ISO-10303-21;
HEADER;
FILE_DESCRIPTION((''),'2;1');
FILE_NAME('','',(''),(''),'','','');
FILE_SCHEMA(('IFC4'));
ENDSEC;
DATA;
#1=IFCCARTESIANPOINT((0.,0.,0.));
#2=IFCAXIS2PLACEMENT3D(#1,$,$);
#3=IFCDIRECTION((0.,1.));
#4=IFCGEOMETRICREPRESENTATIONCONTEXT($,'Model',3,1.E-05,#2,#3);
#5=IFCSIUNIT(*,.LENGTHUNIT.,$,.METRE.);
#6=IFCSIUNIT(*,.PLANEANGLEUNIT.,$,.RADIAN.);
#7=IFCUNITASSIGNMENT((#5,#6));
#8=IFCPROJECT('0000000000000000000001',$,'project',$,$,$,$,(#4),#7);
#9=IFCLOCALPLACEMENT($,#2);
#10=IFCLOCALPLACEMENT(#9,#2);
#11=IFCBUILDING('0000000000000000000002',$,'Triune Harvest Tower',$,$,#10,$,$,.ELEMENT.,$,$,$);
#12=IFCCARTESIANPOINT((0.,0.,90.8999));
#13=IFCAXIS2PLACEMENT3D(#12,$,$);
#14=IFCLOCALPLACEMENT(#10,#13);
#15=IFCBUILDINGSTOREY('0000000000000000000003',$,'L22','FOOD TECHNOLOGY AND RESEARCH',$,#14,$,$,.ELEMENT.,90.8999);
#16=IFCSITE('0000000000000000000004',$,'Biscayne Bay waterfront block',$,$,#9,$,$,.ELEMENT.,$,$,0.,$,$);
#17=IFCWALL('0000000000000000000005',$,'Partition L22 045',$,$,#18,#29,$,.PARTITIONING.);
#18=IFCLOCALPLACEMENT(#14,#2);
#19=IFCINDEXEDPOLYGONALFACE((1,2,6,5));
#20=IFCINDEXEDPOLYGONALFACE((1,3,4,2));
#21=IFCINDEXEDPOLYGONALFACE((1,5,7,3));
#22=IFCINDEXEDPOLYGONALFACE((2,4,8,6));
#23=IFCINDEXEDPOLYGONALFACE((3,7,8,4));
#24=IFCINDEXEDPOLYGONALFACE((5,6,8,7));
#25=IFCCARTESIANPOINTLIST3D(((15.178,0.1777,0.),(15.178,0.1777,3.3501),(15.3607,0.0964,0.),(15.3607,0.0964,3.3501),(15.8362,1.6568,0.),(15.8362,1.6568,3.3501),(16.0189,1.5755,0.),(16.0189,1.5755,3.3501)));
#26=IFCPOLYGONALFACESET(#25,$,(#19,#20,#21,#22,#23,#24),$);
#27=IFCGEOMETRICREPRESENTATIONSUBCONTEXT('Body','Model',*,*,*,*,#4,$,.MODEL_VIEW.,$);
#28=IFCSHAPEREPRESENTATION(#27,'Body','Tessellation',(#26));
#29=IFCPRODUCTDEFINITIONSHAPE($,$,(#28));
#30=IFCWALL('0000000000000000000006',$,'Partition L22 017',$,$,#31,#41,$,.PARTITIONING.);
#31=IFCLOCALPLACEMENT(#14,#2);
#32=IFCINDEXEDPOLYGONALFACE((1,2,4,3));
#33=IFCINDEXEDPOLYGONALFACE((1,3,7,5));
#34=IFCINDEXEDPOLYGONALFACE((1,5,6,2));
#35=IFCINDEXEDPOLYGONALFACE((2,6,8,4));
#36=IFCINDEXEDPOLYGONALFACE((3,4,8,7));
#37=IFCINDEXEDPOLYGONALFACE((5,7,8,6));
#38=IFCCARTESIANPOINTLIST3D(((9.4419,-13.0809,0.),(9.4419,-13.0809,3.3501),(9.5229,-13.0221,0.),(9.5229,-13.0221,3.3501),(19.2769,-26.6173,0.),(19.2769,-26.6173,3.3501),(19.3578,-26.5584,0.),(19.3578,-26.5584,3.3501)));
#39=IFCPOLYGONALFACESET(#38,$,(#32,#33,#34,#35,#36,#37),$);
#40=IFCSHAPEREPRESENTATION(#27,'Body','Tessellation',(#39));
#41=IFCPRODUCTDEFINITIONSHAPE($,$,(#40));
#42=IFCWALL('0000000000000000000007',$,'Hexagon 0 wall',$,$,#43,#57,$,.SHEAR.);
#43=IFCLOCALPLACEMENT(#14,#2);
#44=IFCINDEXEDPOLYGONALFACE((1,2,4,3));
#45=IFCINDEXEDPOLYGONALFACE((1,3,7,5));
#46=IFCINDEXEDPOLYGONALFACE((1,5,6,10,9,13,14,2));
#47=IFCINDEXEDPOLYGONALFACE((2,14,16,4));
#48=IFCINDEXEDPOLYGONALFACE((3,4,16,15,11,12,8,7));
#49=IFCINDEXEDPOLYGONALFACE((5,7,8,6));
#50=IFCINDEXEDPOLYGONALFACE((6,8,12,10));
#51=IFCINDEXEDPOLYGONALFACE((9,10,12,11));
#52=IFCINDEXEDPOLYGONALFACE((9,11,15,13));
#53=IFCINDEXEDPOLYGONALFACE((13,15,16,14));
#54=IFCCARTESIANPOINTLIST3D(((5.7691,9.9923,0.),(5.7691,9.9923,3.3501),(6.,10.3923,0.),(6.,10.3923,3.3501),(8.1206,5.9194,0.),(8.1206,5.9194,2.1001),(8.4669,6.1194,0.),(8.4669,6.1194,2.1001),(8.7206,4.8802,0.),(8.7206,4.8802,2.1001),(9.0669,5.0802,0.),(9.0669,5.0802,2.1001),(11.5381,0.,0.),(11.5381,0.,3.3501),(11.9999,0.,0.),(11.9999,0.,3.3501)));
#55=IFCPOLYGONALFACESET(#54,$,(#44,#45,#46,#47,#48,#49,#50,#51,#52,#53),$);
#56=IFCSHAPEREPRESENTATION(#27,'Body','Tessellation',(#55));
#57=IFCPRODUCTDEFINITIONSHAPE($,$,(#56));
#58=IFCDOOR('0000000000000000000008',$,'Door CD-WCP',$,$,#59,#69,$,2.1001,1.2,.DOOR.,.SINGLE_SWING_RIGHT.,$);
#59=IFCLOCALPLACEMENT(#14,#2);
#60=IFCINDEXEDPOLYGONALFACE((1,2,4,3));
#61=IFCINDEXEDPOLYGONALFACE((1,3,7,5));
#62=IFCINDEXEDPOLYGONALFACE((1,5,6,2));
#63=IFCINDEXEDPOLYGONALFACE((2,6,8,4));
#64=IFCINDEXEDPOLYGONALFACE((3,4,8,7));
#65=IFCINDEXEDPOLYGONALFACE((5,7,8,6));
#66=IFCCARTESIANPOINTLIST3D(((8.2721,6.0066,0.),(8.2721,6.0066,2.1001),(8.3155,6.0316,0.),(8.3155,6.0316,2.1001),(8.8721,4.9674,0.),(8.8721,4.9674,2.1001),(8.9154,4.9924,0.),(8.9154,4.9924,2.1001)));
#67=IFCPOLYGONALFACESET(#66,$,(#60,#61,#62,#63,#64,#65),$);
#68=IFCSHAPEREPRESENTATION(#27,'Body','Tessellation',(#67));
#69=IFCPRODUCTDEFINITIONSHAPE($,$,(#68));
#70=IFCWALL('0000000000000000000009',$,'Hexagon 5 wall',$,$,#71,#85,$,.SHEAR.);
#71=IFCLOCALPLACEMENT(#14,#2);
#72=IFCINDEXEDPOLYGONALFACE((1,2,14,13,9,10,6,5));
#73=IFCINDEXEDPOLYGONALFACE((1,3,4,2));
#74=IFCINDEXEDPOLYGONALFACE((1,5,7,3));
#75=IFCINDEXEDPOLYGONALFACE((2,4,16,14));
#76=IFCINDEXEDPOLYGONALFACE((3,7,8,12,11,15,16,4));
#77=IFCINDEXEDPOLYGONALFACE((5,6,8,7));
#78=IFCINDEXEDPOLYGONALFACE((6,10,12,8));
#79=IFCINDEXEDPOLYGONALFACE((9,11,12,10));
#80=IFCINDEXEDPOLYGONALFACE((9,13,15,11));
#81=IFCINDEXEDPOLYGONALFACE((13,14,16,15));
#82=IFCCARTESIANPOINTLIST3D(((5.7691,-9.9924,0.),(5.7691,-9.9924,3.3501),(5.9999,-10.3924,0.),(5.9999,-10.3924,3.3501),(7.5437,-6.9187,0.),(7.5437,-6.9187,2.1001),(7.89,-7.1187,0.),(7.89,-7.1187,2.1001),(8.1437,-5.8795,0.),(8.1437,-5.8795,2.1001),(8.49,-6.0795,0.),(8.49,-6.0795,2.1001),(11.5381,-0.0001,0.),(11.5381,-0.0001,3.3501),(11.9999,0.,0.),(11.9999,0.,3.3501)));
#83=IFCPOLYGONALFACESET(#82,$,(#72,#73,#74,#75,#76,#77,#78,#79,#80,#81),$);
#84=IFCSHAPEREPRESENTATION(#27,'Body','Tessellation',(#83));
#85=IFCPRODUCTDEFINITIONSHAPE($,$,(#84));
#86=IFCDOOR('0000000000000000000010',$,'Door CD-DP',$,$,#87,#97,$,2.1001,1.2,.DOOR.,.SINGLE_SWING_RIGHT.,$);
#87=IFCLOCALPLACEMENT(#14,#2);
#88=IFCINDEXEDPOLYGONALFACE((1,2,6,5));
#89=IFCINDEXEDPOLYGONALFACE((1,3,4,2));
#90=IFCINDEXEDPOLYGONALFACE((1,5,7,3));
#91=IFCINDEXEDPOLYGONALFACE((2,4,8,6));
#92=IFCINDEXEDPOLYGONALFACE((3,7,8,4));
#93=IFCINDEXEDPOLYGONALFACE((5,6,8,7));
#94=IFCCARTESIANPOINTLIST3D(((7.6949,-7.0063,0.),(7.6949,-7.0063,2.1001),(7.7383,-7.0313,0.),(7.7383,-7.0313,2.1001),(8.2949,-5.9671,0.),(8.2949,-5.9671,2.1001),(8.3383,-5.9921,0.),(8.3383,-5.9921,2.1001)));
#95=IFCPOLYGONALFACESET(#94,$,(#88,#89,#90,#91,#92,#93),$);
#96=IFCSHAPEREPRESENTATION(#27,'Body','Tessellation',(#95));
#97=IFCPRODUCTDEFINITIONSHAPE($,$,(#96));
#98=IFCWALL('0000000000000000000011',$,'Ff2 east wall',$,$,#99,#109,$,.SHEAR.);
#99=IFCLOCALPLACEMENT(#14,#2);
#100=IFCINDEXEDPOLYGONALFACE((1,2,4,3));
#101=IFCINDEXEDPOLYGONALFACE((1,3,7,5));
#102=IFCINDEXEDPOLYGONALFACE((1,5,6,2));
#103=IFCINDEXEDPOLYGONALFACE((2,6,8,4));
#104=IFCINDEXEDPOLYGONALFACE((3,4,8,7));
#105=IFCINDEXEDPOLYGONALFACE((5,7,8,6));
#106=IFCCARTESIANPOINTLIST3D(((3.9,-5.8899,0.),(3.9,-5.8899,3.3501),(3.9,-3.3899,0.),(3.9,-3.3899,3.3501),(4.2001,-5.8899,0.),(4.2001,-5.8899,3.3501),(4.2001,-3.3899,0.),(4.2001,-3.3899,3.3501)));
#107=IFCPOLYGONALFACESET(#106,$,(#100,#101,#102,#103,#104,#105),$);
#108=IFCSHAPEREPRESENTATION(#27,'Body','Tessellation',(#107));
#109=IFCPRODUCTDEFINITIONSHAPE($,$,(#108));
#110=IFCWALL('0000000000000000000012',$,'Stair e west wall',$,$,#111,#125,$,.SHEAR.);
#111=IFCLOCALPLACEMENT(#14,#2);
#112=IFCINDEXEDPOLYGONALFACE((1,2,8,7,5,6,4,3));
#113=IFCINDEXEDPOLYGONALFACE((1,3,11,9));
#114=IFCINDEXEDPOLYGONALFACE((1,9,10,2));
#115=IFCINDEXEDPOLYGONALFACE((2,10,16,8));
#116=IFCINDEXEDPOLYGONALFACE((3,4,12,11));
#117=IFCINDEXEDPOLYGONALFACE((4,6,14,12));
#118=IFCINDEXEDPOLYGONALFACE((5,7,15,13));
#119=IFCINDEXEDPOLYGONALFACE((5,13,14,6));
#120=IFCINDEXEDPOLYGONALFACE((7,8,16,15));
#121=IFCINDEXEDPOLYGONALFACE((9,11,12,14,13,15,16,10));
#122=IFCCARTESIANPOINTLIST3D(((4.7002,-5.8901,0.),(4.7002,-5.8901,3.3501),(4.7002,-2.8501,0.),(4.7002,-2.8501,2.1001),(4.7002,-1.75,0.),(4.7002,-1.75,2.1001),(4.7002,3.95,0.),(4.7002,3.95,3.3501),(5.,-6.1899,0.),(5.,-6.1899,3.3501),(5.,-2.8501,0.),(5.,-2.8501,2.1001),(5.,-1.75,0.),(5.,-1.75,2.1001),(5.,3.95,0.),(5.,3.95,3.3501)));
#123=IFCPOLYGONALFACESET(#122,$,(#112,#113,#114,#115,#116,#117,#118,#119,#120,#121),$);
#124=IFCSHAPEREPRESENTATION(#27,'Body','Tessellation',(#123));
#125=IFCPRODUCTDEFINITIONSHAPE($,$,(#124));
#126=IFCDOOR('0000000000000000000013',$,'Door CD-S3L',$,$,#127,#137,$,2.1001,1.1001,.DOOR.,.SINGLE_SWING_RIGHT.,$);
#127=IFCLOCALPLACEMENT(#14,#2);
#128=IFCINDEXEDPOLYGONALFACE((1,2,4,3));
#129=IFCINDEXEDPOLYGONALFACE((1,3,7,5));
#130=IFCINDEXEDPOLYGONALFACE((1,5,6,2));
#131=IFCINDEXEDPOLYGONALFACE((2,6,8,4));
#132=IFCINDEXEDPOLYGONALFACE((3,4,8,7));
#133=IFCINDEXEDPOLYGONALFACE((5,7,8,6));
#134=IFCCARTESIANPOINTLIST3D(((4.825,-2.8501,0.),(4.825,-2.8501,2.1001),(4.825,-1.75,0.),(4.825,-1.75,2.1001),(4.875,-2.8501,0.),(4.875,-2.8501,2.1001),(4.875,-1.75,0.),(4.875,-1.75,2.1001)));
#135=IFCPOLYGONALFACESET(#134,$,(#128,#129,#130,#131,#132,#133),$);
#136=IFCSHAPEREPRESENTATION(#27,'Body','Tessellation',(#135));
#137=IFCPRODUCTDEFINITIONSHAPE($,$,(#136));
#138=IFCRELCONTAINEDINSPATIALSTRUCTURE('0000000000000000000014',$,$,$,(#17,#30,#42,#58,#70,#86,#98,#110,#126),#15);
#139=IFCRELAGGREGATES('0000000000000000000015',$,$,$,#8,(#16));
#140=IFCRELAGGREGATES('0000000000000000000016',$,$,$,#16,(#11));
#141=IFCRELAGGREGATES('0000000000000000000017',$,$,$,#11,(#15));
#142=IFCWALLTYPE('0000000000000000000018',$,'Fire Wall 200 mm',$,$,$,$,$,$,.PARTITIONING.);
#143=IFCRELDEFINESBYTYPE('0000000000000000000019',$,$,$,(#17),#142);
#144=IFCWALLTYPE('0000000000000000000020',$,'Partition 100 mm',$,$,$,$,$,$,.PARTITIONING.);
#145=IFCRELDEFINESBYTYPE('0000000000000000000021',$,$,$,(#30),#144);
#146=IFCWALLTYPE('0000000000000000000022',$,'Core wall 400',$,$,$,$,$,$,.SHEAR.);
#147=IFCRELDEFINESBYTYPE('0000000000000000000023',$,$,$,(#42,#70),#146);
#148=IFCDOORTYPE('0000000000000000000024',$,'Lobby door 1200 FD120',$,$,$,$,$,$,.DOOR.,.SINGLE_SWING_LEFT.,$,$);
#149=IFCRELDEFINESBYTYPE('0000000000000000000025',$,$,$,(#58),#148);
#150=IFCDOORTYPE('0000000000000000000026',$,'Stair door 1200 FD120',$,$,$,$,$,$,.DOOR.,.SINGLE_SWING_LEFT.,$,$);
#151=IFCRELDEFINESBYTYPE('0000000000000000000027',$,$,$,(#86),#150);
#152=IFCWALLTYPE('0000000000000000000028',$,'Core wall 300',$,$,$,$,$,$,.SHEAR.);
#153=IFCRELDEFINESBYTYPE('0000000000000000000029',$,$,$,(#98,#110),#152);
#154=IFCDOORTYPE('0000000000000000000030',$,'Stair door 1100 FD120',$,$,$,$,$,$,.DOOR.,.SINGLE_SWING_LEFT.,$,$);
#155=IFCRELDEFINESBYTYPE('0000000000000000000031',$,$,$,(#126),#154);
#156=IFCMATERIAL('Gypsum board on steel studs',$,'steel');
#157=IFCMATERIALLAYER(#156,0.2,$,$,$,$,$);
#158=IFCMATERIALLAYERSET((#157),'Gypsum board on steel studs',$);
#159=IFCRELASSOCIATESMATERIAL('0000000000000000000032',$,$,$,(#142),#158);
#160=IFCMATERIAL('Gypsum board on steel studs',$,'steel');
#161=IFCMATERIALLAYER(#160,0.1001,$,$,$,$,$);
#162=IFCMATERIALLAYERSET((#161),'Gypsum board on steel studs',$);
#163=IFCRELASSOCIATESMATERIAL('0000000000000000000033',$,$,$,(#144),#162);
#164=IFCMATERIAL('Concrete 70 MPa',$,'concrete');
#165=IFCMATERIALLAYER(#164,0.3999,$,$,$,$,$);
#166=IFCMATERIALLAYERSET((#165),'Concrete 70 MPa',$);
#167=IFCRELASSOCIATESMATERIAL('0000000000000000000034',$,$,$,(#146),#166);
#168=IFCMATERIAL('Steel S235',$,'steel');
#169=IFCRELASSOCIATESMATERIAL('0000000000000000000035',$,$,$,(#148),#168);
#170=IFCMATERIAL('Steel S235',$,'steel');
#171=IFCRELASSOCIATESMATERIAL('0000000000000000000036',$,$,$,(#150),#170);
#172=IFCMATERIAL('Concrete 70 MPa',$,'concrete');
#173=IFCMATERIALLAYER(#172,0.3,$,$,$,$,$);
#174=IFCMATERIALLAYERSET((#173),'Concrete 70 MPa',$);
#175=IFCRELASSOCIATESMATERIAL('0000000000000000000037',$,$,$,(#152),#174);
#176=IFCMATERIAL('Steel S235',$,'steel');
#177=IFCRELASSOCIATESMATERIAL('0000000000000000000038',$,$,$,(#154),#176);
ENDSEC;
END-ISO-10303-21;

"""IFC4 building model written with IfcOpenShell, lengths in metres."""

from ifc_helpers import new_model, si_unit, direction, frame, frame_2d, origin, place, context, subcontext, project, spatial, polyline, rectangle, outline, extrude, source, transform, mapped, material, layer, layer_set, type_object, element, fill, save


model = new_model("IFC4")

# Units and contexts
model_context = context("Model", 3, precision=1e-05, world=origin(), true_north=direction((0.0, 1.0)))
body_context = subcontext(model_context, "Body", "Model", "MODEL_VIEW")
ifc_project = project(units=[si_unit("LENGTHUNIT", "METRE"), si_unit("PLANEANGLEUNIT", "RADIAN")], contexts=[model_context])

# Site, building, storey
site_placement = place(None, origin())
site = spatial("IfcSite", under=ifc_project, at=site_placement, Name="Biscayne Bay waterfront block", CompositionType="ELEMENT", RefElevation=0.0)
building_placement = place(site_placement, origin())
building = spatial("IfcBuilding", under=site, at=building_placement, Name="Triune Harvest Tower", CompositionType="ELEMENT")
storey_placement = place(building_placement, frame((0.0, 0.0, 90.8999)))
storey = spatial("IfcBuildingStorey", under=building, at=storey_placement, Name="L22", Description="FOOD TECHNOLOGY AND RESEARCH", CompositionType="ELEMENT", Elevation=90.8999)

# Walls
ifc_material_1 = material(Name="Gypsum board on steel studs", Category="steel")
ifc_layer_1 = layer(ifc_material_1, 0.2)
ifc_layer_set_1 = layer_set([ifc_layer_1], Name="Gypsum board on steel studs")
wall_type_1 = type_object("IfcWallType", Name="Fire Wall 200 mm", PredefinedType="PARTITIONING", material=ifc_layer_set_1)
wall_1_placement = place(storey_placement, frame((15.2693, 0.137, 0.0), z_axis=(0.0, 0.0, 1.0), x_axis=(0.406586, 0.913612, 0.0)))
element("IfcWall", 1, at=wall_1_placement, inside=storey, type_object=wall_type_1, Name="Partition L22 045", PredefinedType="PARTITIONING", context=body_context, shape_type="SweptSolid", body=[
    extrude(rectangle(XDim=1.6189, YDim=0.2, at=frame_2d((0.8096, 0.0))), origin(), (0.0, 0.0, 1.0), 3.3501),
])
ifc_material_2 = material(Name="Gypsum board on steel studs", Category="steel")
ifc_layer_2 = layer(ifc_material_2, 0.1001)
ifc_layer_set_2 = layer_set([ifc_layer_2], Name="Gypsum board on steel studs")
wall_type_2 = type_object("IfcWallType", Name="Partition 100 mm", PredefinedType="PARTITIONING", material=ifc_layer_set_2)
wall_2_placement = place(storey_placement, frame((9.4824, -13.0515, 0.0), z_axis=(0.0, 0.0, 1.0), x_axis=(0.587793, -0.809011, 0.0)))
element("IfcWall", 2, at=wall_2_placement, inside=storey, type_object=wall_type_2, Name="Partition L22 017", PredefinedType="PARTITIONING", context=body_context, shape_type="SweptSolid", body=[
    extrude(rectangle(XDim=16.7319, YDim=0.1001, at=frame_2d((8.366, 0.0))), origin(), (0.0, 0.0, 1.0), 3.3501),
])

# Walls, openings, doors
ifc_material_3 = material(Name="Concrete 70 MPa", Category="concrete")
ifc_layer_3 = layer(ifc_material_3, 0.3999)
ifc_layer_set_3 = layer_set([ifc_layer_3], Name="Concrete 70 MPa")
wall_type_3 = type_object("IfcWallType", Name="Core wall 400", PredefinedType="SHEAR", material=ifc_layer_set_3)
shared_shape_1 = source(origin(), body_context, "Body", "SweptSolid", [
    extrude(outline(polyline([(-0.1155, -0.2), (11.8845, -0.2), (11.6536, 0.2), (0.1155, 0.2), (-0.1155, -0.2)])), origin(), (0.0, 0.0, 1.0), 3.3501),
])
wall_3_placement = place(storey_placement, frame((11.769, 0.0, 0.0), z_axis=(0.0, 0.0, 1.0), x_axis=(-0.499997, 0.866027, 0.0)))
wall_3 = element("IfcWall", 3, at=wall_3_placement, inside=storey, type_object=wall_type_3, Name="Hexagon 0 wall", PredefinedType="SHEAR", context=body_context, shape_type="MappedRepresentation", body=[
    mapped(shared_shape_1, transform((0.0, 0.0, 0.0), scale=1.0)),
])
opening_1_placement = place(wall_3_placement, frame((5.7505, 0.0, 0.0)))
opening_1 = element("IfcOpeningElement", 4, at=opening_1_placement, cuts=wall_3, PredefinedType="OPENING", context=body_context, shape_type="SweptSolid", body=[
    extrude(rectangle(XDim=1.2, YDim=2.1001, at=frame_2d((0.6001, 1.05))), frame((0.0, 0.21, 0.0), z_axis=(0.0, -1.0, 0.0), x_axis=(1.0, 0.0, 0.0)), (0.0, 0.0, 1.0), 0.4199),
])
ifc_material_4 = material(Name="Steel S235", Category="steel")
door_type_1 = type_object("IfcDoorType", Name="Lobby door 1200 FD120", OperationType="SINGLE_SWING_LEFT", PredefinedType="DOOR", material=ifc_material_4)
door_1_placement = place(opening_1_placement, frame((1.2, 0.0, 0.0), z_axis=(0.0, 0.0, 1.0), x_axis=(-1.0, 0.0, 0.0)))
door_1 = element("IfcDoor", 5, at=door_1_placement, inside=storey, type_object=door_type_1, Name="Door CD-WCP", OperationType="SINGLE_SWING_RIGHT", OverallHeight=2.1001, OverallWidth=1.2, PredefinedType="DOOR", context=body_context, shape_type="SweptSolid", body=[
    extrude(rectangle(XDim=1.2, YDim=2.1001, at=frame_2d((0.6001, 1.05))), frame((0.0, 0.0249, 0.0), z_axis=(0.0, -1.0, 0.0), x_axis=(1.0, 0.0, 0.0)), (0.0, 0.0, 1.0), 0.05),
])
fill(opening_1, door_1)
wall_4_placement = place(storey_placement, frame((5.8845, -10.1924, 0.0), z_axis=(0.0, 0.0, 1.0), x_axis=(0.499997, 0.866027, 0.0)))
wall_4 = element("IfcWall", 6, at=wall_4_placement, inside=storey, type_object=wall_type_3, Name="Hexagon 5 wall", PredefinedType="SHEAR", context=body_context, shape_type="MappedRepresentation", body=[
    mapped(shared_shape_1, transform((0.0, 0.0, 0.0), scale=1.0)),
])
opening_2_placement = place(wall_4_placement, frame((3.6646, 0.0, 0.0)))
opening_2 = element("IfcOpeningElement", 7, at=opening_2_placement, cuts=wall_4, PredefinedType="OPENING", context=body_context, shape_type="SweptSolid", body=[
    extrude(rectangle(XDim=1.2, YDim=2.1001, at=frame_2d((0.6001, 1.05))), frame((0.0, 0.21, 0.0), z_axis=(0.0, -1.0, 0.0), x_axis=(1.0, 0.0, 0.0)), (0.0, 0.0, 1.0), 0.4199),
])
ifc_material_5 = material(Name="Steel S235", Category="steel")
door_type_2 = type_object("IfcDoorType", Name="Stair door 1200 FD120", OperationType="SINGLE_SWING_LEFT", PredefinedType="DOOR", material=ifc_material_5)
door_2_placement = place(opening_2_placement, frame((1.2, 0.0, 0.0), z_axis=(0.0, 0.0, 1.0), x_axis=(-1.0, 0.0, 0.0)))
door_2 = element("IfcDoor", 8, at=door_2_placement, inside=storey, type_object=door_type_2, Name="Door CD-DP", OperationType="SINGLE_SWING_RIGHT", OverallHeight=2.1001, OverallWidth=1.2, PredefinedType="DOOR", context=body_context, shape_type="SweptSolid", body=[
    extrude(rectangle(XDim=1.2, YDim=2.1001, at=frame_2d((0.6001, 1.05))), frame((0.0, 0.0249, 0.0), z_axis=(0.0, -1.0, 0.0), x_axis=(1.0, 0.0, 0.0)), (0.0, 0.0, 1.0), 0.05),
])
fill(opening_2, door_2)

# Wall
ifc_material_6 = material(Name="Concrete 70 MPa", Category="concrete")
ifc_layer_4 = layer(ifc_material_6, 0.3)
ifc_layer_set_4 = layer_set([ifc_layer_4], Name="Concrete 70 MPa")
wall_type_4 = type_object("IfcWallType", Name="Core wall 300", PredefinedType="SHEAR", material=ifc_layer_set_4)
shared_shape_2 = source(origin(), body_context, "Body", "SweptSolid", [
    extrude(rectangle(XDim=2.5, YDim=0.3, at=frame_2d((1.25, 0.0))), origin(), (0.0, 0.0, 1.0), 3.3501),
])
wall_5_placement = place(storey_placement, frame((4.05, -5.8899, 0.0), z_axis=(0.0, 0.0, 1.0), x_axis=(0.0, 1.0, 0.0)))
element("IfcWall", 9, at=wall_5_placement, inside=storey, type_object=wall_type_4, Name="Ff2 east wall", PredefinedType="SHEAR", context=body_context, shape_type="MappedRepresentation", body=[
    mapped(shared_shape_2, transform((0.0, 0.0, 0.0), scale=1.0)),
])

# Wall, opening, door
shared_shape_3 = source(origin(), body_context, "Body", "SweptSolid", [
    extrude(outline(polyline([(-0.1499, -0.1499), (9.99, -0.1499), (9.99, 0.1499), (0.1499, 0.1499), (-0.1499, -0.1499)])), origin(), (0.0, 0.0, 1.0), 3.3501),
])
wall_6_placement = place(storey_placement, frame((4.8501, -6.04, 0.0), z_axis=(0.0, 0.0, 1.0), x_axis=(0.0, 1.0, 0.0)))
wall_6 = element("IfcWall", 10, at=wall_6_placement, inside=storey, type_object=wall_type_4, Name="Stair e west wall", PredefinedType="SHEAR", context=body_context, shape_type="MappedRepresentation", body=[
    mapped(shared_shape_3, transform((0.0, 0.0, 0.0), scale=1.0)),
])
opening_3_placement = place(wall_6_placement, frame((3.1899, 0.0, 0.0)))
opening_3 = element("IfcOpeningElement", 11, at=opening_3_placement, cuts=wall_6, PredefinedType="OPENING", context=body_context, shape_type="SweptSolid", body=[
    extrude(rectangle(XDim=1.1001, YDim=2.1001, at=frame_2d((0.55, 1.05))), frame((0.0, 0.1602, 0.0), z_axis=(0.0, -1.0, 0.0), x_axis=(1.0, 0.0, 0.0)), (0.0, 0.0, 1.0), 0.3201),
])
ifc_material_7 = material(Name="Steel S235", Category="steel")
door_type_3 = type_object("IfcDoorType", Name="Stair door 1100 FD120", OperationType="SINGLE_SWING_LEFT", PredefinedType="DOOR", material=ifc_material_7)
door_3_placement = place(opening_3_placement, frame((1.1001, 0.0, 0.0), z_axis=(0.0, 0.0, 1.0), x_axis=(-1.0, 0.0, 0.0)))
door_3 = element("IfcDoor", 12, at=door_3_placement, inside=storey, type_object=door_type_3, Name="Door CD-S3L", OperationType="SINGLE_SWING_RIGHT", OverallHeight=2.1001, OverallWidth=1.1001, PredefinedType="DOOR", context=body_context, shape_type="SweptSolid", body=[
    extrude(rectangle(XDim=1.1001, YDim=2.1001, at=frame_2d((0.55, 1.05))), frame((0.0, 0.0249, 0.0), z_axis=(0.0, -1.0, 0.0), x_axis=(1.0, 0.0, 0.0)), (0.0, 0.0, 1.0), 0.05),
])
fill(opening_3, door_3)

save(model, "model.ifc")
